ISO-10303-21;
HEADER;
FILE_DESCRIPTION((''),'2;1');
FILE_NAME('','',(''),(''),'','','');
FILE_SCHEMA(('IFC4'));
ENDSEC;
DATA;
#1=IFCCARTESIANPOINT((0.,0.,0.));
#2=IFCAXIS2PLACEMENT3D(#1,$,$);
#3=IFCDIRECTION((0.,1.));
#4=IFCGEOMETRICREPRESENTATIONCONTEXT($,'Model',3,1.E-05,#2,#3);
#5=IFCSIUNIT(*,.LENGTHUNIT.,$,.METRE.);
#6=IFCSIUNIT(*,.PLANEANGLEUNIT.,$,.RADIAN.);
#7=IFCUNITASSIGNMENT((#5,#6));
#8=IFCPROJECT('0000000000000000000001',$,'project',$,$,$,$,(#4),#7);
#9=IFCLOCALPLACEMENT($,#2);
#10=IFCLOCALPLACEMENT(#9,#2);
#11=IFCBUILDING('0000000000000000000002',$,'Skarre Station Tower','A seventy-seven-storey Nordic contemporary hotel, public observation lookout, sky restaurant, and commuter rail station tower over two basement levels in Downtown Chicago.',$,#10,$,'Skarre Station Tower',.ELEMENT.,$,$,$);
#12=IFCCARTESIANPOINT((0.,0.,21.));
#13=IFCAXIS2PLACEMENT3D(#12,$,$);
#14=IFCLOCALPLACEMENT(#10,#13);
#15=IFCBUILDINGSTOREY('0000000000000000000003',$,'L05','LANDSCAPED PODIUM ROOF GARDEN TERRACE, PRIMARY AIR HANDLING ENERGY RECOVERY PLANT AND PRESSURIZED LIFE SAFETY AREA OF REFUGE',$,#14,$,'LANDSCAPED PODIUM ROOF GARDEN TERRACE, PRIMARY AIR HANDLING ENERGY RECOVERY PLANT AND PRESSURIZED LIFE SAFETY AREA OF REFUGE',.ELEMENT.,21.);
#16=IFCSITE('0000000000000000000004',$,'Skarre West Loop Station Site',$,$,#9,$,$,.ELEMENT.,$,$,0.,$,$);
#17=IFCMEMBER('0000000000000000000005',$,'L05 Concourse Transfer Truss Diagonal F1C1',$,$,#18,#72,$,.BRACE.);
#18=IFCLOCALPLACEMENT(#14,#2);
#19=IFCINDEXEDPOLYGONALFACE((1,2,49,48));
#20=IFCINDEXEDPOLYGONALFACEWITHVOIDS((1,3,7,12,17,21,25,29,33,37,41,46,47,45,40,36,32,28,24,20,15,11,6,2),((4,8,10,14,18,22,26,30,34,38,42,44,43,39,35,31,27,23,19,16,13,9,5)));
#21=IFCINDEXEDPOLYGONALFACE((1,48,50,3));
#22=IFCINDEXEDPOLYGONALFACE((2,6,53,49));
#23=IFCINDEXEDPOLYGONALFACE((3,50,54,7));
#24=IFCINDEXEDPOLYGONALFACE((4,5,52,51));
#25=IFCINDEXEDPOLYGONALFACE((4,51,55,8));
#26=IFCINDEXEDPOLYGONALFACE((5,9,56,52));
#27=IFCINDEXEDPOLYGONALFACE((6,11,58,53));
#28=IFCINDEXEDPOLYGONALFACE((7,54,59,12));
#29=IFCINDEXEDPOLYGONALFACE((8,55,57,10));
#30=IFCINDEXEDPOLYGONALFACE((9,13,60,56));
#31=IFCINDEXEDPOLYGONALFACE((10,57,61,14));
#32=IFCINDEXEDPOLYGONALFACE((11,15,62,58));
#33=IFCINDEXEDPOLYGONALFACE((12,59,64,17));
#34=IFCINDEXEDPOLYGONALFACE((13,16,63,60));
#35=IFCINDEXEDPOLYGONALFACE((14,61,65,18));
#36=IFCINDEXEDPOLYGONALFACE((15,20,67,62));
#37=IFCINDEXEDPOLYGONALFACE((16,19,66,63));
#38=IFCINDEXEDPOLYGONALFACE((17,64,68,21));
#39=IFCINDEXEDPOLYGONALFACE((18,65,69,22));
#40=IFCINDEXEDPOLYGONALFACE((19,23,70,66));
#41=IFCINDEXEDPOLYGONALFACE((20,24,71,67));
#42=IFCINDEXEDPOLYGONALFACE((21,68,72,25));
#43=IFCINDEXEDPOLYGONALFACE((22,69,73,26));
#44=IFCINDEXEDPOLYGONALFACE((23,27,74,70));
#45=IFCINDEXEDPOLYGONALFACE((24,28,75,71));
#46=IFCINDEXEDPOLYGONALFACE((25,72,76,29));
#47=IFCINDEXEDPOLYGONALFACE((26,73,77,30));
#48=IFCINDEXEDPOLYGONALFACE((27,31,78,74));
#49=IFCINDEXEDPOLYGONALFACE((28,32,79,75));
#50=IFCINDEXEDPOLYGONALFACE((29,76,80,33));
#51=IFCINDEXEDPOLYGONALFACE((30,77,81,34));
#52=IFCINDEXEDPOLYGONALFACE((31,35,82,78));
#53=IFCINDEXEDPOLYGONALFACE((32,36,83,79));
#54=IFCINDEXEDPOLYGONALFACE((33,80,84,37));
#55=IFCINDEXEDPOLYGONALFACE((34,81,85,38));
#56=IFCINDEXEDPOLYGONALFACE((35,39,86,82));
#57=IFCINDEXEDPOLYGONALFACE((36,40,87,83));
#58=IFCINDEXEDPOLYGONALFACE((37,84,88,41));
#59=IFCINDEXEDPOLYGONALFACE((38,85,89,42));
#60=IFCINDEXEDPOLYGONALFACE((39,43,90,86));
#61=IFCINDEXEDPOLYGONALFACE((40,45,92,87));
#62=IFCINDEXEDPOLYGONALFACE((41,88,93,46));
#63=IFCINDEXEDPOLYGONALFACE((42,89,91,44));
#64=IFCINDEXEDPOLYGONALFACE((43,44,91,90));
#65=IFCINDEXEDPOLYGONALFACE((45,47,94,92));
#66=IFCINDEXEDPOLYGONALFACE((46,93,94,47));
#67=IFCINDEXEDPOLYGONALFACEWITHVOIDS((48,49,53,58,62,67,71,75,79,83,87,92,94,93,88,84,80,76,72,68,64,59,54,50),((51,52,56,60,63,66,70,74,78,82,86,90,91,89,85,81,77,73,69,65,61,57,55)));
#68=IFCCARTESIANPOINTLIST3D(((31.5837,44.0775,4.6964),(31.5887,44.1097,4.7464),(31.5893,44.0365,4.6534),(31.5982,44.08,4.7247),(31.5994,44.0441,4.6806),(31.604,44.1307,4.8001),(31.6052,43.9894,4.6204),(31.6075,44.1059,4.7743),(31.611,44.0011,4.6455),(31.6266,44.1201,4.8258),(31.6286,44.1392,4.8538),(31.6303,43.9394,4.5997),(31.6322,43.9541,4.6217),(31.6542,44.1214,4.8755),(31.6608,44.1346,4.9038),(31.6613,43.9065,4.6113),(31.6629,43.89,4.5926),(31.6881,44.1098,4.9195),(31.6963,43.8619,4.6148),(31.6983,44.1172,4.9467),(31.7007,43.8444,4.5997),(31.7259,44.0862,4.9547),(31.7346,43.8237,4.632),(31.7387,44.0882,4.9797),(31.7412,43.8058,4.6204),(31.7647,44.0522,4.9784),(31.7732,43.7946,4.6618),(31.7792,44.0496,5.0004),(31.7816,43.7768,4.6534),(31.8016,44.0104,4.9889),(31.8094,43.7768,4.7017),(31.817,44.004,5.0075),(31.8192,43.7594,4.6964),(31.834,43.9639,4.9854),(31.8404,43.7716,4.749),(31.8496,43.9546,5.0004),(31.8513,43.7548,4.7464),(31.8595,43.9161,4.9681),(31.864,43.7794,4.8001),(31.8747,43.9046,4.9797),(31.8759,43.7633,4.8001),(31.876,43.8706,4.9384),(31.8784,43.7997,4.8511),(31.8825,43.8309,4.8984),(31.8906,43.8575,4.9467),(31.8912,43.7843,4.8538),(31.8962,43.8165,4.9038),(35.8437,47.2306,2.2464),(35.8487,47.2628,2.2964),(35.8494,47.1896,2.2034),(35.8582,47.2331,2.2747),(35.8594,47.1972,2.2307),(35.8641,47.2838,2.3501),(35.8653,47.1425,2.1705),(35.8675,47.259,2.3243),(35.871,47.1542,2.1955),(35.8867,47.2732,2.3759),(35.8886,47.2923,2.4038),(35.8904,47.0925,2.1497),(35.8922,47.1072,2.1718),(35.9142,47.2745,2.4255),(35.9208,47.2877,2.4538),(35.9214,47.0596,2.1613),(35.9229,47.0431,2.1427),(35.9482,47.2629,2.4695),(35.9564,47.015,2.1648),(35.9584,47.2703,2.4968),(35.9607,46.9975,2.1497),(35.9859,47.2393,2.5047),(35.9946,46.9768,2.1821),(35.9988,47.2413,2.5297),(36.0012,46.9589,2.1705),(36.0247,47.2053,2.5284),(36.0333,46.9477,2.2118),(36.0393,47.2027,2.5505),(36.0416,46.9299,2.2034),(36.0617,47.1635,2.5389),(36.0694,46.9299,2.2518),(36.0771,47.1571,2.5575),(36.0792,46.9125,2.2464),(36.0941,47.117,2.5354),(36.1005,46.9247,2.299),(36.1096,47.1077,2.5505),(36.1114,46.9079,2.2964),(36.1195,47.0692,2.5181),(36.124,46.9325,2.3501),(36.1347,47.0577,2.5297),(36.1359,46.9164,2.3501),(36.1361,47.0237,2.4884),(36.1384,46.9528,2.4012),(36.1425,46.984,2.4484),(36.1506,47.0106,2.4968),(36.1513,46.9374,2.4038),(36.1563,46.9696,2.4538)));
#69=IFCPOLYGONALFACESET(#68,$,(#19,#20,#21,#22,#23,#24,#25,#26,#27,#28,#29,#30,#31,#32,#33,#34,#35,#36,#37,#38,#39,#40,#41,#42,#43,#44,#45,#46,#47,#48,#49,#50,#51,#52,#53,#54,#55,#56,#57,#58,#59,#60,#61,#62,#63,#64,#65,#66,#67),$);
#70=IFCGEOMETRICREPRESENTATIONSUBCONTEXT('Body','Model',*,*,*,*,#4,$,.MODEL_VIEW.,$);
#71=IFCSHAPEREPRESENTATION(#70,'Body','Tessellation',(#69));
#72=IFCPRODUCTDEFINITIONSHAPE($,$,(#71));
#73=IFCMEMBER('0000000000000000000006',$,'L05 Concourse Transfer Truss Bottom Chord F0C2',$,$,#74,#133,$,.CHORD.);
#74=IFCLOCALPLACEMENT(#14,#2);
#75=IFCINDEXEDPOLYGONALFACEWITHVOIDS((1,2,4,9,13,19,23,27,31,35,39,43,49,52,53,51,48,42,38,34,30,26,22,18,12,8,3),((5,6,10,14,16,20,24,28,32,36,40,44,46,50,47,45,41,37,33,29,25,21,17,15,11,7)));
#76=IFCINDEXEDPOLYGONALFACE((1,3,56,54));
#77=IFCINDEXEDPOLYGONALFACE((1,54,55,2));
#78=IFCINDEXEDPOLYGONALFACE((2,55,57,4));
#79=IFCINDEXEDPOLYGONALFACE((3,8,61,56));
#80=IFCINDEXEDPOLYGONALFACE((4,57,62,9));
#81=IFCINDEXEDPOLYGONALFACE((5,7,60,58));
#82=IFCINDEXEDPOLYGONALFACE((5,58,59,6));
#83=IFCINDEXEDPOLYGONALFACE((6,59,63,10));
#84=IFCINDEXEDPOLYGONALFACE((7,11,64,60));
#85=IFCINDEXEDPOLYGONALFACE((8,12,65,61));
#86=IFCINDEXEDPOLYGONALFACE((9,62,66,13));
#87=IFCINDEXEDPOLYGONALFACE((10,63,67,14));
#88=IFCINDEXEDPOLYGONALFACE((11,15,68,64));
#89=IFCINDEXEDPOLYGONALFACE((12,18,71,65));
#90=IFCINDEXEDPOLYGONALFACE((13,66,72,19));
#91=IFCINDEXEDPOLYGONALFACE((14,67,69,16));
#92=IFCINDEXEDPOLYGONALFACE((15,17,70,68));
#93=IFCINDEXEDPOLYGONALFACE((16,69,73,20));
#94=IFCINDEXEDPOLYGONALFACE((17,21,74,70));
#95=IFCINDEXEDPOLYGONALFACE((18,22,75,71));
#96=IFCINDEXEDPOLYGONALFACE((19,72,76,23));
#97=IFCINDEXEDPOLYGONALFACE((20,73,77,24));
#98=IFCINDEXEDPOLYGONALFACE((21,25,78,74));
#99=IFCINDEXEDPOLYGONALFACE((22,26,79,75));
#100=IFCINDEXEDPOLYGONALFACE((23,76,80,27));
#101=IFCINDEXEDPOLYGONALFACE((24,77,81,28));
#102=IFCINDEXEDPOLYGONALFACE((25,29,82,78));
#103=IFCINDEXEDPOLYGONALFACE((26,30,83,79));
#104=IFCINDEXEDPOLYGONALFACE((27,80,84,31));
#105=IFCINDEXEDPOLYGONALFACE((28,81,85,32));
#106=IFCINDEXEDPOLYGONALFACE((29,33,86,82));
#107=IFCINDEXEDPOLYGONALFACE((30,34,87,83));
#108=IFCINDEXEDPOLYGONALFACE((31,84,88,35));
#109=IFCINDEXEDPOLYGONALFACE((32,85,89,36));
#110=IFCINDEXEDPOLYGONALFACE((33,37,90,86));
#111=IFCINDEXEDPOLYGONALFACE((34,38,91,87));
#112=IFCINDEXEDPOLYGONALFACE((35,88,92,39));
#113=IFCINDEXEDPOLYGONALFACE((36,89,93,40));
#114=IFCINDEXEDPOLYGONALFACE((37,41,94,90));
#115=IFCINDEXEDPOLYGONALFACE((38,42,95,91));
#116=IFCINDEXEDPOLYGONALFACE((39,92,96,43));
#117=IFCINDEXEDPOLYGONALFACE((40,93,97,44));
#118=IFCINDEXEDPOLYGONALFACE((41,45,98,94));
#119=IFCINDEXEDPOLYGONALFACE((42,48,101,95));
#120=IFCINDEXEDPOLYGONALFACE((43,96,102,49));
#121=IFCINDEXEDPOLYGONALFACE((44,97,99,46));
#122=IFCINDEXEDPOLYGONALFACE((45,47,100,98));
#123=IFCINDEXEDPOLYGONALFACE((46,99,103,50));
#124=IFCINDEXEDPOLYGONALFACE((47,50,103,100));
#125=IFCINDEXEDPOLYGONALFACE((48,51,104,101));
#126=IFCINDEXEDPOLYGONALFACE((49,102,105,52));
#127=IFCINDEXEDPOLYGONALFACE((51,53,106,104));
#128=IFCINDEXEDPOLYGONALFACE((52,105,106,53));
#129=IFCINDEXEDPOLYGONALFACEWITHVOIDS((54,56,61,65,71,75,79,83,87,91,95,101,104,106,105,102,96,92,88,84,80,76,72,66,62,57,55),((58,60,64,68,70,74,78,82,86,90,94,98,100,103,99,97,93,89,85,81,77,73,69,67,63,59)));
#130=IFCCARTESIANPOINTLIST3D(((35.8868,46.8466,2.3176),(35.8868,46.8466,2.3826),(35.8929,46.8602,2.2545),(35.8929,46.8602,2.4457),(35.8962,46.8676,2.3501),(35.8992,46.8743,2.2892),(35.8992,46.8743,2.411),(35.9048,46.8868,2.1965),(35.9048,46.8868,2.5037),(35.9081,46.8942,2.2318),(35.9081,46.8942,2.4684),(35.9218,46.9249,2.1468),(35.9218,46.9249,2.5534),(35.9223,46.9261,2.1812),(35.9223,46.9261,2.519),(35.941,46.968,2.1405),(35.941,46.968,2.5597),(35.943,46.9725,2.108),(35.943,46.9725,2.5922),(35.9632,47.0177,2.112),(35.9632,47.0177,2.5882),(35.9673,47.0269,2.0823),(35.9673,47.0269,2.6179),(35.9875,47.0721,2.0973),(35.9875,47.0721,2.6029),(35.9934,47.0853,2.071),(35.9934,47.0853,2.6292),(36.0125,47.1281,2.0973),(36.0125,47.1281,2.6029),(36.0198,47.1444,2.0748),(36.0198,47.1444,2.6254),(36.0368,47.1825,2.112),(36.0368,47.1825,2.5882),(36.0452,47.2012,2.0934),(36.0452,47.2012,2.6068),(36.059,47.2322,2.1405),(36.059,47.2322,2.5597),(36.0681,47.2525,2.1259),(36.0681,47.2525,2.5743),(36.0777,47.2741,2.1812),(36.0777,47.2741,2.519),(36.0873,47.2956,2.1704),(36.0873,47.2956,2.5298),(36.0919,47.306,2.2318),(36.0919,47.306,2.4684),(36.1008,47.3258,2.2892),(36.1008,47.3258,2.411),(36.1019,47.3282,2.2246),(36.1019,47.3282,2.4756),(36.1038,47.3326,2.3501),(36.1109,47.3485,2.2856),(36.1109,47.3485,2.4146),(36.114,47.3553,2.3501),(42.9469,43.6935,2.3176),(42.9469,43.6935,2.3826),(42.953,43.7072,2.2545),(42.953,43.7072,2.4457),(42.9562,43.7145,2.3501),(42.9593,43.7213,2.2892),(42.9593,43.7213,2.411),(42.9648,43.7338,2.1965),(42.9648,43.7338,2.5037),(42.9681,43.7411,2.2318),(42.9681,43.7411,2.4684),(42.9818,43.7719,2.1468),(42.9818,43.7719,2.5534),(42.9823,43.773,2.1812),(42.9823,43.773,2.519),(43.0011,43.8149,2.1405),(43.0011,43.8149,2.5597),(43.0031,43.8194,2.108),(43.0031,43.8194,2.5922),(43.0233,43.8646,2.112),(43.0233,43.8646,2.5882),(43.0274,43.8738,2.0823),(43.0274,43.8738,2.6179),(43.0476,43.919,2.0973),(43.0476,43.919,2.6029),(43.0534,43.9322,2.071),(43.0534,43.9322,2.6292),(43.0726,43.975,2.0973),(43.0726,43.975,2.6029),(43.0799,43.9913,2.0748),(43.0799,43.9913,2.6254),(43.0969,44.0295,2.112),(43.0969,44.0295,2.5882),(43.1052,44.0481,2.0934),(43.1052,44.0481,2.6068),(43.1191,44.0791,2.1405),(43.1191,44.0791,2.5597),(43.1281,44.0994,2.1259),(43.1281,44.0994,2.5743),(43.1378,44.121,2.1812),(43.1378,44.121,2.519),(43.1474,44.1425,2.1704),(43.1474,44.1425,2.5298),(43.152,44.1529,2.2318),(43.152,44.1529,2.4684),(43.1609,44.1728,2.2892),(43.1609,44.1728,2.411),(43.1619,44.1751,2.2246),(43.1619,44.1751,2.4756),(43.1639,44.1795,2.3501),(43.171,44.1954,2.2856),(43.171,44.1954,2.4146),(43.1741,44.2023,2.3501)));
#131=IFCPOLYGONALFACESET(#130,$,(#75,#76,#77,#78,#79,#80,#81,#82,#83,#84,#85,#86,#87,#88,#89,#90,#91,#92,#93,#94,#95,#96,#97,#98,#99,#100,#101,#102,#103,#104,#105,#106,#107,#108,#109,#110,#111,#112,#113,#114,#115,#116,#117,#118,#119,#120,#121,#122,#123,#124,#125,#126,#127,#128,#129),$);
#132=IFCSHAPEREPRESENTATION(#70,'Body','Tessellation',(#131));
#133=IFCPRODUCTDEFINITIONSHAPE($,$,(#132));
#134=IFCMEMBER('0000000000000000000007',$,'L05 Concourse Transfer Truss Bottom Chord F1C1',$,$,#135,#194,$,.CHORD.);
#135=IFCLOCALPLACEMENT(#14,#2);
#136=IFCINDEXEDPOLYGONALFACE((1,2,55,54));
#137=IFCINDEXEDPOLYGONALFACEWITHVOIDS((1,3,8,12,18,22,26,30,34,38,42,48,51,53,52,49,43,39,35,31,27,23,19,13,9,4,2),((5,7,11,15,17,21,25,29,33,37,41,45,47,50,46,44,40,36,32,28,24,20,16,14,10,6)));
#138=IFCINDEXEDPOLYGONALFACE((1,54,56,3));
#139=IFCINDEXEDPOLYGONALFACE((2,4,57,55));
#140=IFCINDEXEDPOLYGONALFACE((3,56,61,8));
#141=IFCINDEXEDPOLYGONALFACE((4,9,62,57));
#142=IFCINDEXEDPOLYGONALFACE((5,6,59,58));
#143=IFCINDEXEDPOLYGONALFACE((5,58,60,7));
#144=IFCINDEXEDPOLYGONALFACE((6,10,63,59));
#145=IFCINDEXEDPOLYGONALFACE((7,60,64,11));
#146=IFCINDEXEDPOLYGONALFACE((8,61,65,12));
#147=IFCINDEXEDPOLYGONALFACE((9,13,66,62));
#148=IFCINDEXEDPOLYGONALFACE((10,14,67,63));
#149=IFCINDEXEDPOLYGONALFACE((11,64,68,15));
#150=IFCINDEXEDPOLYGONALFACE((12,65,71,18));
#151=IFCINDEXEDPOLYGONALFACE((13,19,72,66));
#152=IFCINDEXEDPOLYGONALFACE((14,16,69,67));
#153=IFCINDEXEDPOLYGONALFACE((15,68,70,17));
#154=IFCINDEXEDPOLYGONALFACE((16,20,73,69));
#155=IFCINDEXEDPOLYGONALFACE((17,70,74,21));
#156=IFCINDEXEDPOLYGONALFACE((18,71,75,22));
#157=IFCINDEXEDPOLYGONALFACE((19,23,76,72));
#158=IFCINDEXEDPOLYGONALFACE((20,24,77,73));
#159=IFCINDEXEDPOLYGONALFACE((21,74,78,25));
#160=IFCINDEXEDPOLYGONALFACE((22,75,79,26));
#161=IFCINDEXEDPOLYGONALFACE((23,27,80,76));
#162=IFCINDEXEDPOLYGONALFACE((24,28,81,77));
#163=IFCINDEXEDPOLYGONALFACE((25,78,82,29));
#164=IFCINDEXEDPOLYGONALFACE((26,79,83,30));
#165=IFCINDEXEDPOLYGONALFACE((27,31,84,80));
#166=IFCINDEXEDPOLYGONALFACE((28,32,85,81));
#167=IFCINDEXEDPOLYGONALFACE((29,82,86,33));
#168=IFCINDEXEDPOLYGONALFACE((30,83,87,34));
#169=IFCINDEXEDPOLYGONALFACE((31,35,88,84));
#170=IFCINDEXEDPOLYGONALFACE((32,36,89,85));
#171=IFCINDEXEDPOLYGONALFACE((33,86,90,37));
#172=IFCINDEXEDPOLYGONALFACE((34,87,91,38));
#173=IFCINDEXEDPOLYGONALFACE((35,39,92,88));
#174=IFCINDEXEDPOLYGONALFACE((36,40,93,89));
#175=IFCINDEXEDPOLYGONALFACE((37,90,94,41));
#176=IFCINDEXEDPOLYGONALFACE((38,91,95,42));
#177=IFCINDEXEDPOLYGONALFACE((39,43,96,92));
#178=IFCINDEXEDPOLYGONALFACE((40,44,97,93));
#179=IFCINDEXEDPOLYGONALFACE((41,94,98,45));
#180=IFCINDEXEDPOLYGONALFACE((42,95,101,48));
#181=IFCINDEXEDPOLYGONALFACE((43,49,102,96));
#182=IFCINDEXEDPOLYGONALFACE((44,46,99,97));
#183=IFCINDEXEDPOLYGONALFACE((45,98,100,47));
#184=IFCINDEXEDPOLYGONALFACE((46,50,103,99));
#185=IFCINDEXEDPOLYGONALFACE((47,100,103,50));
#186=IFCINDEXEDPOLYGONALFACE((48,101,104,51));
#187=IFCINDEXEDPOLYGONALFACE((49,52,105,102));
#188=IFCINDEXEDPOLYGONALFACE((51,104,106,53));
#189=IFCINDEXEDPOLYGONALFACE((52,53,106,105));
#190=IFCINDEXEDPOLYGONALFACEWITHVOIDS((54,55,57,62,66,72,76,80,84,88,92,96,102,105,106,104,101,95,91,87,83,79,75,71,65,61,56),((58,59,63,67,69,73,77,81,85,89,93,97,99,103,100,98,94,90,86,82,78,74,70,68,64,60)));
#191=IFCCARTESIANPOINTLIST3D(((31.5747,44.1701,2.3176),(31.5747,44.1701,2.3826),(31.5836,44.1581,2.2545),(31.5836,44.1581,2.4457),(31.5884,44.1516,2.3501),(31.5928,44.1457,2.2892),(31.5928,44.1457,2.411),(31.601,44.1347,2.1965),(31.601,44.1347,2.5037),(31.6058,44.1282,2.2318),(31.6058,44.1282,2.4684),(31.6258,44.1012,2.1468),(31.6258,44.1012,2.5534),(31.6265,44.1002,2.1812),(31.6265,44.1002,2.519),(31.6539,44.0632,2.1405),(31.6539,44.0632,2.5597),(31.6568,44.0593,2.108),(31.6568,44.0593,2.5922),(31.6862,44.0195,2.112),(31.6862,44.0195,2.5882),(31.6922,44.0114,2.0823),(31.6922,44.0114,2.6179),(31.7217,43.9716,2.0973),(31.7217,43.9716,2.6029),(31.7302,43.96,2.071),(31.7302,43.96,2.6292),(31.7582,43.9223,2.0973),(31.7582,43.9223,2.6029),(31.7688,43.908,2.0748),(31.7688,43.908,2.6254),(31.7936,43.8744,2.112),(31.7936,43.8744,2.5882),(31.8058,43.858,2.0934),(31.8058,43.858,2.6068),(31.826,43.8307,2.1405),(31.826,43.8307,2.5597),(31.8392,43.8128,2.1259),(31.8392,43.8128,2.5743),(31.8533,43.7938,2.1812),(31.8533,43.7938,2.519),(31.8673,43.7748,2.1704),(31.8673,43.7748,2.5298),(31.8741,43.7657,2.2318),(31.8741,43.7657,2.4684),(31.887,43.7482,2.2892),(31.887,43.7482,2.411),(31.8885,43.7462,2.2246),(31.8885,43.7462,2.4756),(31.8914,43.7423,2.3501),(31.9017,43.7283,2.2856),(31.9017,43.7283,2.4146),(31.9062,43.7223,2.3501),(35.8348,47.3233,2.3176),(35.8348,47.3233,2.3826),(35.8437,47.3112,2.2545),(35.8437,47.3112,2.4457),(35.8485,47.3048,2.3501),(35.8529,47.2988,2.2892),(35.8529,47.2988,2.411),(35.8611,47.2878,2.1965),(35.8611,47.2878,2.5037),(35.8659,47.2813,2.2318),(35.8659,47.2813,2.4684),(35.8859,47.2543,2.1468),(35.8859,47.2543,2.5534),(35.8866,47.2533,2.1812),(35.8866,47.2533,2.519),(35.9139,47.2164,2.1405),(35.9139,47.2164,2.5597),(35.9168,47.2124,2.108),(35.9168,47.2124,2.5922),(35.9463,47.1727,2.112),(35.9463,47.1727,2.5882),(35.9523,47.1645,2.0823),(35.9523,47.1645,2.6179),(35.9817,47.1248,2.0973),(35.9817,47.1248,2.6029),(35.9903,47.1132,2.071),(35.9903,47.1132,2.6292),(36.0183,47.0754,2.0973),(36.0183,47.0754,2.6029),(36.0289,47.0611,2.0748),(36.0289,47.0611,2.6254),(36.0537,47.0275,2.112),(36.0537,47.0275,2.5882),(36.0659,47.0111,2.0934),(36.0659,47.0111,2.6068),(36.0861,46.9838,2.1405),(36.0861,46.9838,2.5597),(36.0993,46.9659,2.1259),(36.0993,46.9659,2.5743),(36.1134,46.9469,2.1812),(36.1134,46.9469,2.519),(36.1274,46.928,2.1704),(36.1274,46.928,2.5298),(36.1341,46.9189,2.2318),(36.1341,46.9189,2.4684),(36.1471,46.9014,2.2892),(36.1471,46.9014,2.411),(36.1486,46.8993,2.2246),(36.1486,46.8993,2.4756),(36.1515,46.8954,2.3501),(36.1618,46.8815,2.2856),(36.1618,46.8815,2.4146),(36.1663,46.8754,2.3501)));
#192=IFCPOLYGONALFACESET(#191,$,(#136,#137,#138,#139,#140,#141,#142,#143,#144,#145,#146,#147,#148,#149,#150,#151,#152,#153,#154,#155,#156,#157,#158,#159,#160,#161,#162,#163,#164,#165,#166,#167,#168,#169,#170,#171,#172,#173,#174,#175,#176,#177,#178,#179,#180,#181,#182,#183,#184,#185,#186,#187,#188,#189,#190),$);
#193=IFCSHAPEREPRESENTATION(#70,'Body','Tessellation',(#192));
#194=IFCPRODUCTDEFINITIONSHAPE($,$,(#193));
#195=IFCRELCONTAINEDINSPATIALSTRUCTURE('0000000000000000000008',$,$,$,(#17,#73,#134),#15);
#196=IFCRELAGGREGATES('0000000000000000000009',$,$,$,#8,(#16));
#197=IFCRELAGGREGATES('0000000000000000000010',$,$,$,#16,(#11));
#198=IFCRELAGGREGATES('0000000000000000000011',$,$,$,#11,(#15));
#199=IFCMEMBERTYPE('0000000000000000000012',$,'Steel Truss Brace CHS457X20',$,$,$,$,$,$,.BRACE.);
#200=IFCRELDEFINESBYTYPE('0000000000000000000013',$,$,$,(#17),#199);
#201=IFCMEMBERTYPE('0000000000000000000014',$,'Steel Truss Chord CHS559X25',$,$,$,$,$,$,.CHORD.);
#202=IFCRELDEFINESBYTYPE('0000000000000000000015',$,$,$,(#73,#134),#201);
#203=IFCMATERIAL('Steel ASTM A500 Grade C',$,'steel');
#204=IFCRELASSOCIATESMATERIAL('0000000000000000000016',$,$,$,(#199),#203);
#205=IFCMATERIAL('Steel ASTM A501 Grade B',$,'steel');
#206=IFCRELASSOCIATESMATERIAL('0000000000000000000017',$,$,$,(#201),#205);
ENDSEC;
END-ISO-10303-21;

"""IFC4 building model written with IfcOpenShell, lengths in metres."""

from ifc_helpers import new_model, si_unit, direction, frame, origin, origin_2d, place, context, subcontext, project, spatial, hollow_circle, extrude, material, material_profile, profile_set, type_object, element, save


model = new_model("IFC4")

# Units and contexts
model_context = context("Model", 3, precision=1e-05, world=origin(), true_north=direction((0.0, 1.0)))
body_context = subcontext(model_context, "Body", "Model", "MODEL_VIEW")
ifc_project = project(units=[si_unit("LENGTHUNIT", "METRE"), si_unit("PLANEANGLEUNIT", "RADIAN")], contexts=[model_context])

# Site, building, storey
site_placement = place(None, origin())
site = spatial("IfcSite", under=ifc_project, at=site_placement, Name="Skarre West Loop Station Site", CompositionType="ELEMENT", RefElevation=0.0)
building_placement = place(site_placement, origin())
building = spatial("IfcBuilding", under=site, at=building_placement, Name="Skarre Station Tower", Description="A seventy-seven-storey Nordic contemporary hotel, public observation lookout, sky restaurant, and commuter rail station tower over two basement levels in Downtown Chicago.", LongName="Skarre Station Tower", CompositionType="ELEMENT")
storey_placement = place(building_placement, frame((0.0, 0.0, 21.0)))
storey = spatial("IfcBuildingStorey", under=building, at=storey_placement, Name="L05", Description="LANDSCAPED PODIUM ROOF GARDEN TERRACE, PRIMARY AIR HANDLING ENERGY RECOVERY PLANT AND PRESSURIZED LIFE SAFETY AREA OF REFUGE", LongName="LANDSCAPED PODIUM ROOF GARDEN TERRACE, PRIMARY AIR HANDLING ENERGY RECOVERY PLANT AND PRESSURIZED LIFE SAFETY AREA OF REFUGE", CompositionType="ELEMENT", Elevation=21.0)

# Shared definitions
ifc_material_1 = material(Name="Steel ASTM A500 Grade C", Category="steel")

# Members
ifc_material_profile_1 = material_profile(ifc_material_1, hollow_circle(Radius=0.2285, WallThickness=0.02, at=origin_2d()), Name="Steel ASTM A500 Grade C")
ifc_profile_set_1 = profile_set([ifc_material_profile_1], Name="Steel ASTM A500 Grade C")
member_type_1 = type_object("IfcMemberType", Name="Steel Truss Brace CHS457X20", PredefinedType="BRACE", material=ifc_profile_set_1)
member_1_placement = place(storey_placement, frame((36.0, 47.1001, 2.3501), z_axis=(-0.729601, -0.540019, 0.419597), x_axis=(0.594925, -0.803782, 0.0)))
element("IfcMember", 1, at=member_1_placement, inside=storey, type_object=member_type_1, Name="L05 Concourse Transfer Truss Diagonal F1C1", PredefinedType="BRACE", context=body_context, shape_type="SweptSolid", body=[
    extrude(hollow_circle(Radius=0.2285, WallThickness=0.02, at=origin_2d()), origin(), (0.0, 0.0, 1.0), 5.8389),
])
ifc_material_2 = material(Name="Steel ASTM A501 Grade B", Category="steel")
ifc_material_profile_2 = material_profile(ifc_material_2, hollow_circle(Radius=0.2795, WallThickness=0.0249, at=origin_2d()), Name="Steel ASTM A501 Grade B")
ifc_profile_set_2 = profile_set([ifc_material_profile_2], Name="Steel ASTM A501 Grade B")
member_type_2 = type_object("IfcMemberType", Name="Steel Truss Chord CHS559X25", PredefinedType="CHORD", material=ifc_profile_set_2)
member_2_placement = place(storey_placement, frame((36.0, 47.1001, 2.3501), z_axis=(0.913077, -0.407787, 0.0), x_axis=(0.407787, 0.913077, 0.0)))
element("IfcMember", 2, at=member_2_placement, inside=storey, type_object=member_type_2, Name="L05 Concourse Transfer Truss Bottom Chord F0C2", PredefinedType="CHORD", context=body_context, shape_type="SweptSolid", body=[
    extrude(hollow_circle(Radius=0.2795, WallThickness=0.0249, at=origin_2d()), origin(), (0.0, 0.0, 1.0), 7.7322),
])
member_3_placement = place(storey_placement, frame((36.0, 47.1001, 2.3501), z_axis=(-0.803782, -0.594925, 0.0), x_axis=(0.594925, -0.803782, 0.0)))
element("IfcMember", 3, at=member_3_placement, inside=storey, type_object=member_type_2, Name="L05 Concourse Transfer Truss Bottom Chord F1C1", PredefinedType="CHORD", context=body_context, shape_type="SweptSolid", body=[
    extrude(hollow_circle(Radius=0.2795, WallThickness=0.0249, at=origin_2d()), origin(), (0.0, 0.0, 1.0), 5.3),
])

save(model, "model.ifc")
